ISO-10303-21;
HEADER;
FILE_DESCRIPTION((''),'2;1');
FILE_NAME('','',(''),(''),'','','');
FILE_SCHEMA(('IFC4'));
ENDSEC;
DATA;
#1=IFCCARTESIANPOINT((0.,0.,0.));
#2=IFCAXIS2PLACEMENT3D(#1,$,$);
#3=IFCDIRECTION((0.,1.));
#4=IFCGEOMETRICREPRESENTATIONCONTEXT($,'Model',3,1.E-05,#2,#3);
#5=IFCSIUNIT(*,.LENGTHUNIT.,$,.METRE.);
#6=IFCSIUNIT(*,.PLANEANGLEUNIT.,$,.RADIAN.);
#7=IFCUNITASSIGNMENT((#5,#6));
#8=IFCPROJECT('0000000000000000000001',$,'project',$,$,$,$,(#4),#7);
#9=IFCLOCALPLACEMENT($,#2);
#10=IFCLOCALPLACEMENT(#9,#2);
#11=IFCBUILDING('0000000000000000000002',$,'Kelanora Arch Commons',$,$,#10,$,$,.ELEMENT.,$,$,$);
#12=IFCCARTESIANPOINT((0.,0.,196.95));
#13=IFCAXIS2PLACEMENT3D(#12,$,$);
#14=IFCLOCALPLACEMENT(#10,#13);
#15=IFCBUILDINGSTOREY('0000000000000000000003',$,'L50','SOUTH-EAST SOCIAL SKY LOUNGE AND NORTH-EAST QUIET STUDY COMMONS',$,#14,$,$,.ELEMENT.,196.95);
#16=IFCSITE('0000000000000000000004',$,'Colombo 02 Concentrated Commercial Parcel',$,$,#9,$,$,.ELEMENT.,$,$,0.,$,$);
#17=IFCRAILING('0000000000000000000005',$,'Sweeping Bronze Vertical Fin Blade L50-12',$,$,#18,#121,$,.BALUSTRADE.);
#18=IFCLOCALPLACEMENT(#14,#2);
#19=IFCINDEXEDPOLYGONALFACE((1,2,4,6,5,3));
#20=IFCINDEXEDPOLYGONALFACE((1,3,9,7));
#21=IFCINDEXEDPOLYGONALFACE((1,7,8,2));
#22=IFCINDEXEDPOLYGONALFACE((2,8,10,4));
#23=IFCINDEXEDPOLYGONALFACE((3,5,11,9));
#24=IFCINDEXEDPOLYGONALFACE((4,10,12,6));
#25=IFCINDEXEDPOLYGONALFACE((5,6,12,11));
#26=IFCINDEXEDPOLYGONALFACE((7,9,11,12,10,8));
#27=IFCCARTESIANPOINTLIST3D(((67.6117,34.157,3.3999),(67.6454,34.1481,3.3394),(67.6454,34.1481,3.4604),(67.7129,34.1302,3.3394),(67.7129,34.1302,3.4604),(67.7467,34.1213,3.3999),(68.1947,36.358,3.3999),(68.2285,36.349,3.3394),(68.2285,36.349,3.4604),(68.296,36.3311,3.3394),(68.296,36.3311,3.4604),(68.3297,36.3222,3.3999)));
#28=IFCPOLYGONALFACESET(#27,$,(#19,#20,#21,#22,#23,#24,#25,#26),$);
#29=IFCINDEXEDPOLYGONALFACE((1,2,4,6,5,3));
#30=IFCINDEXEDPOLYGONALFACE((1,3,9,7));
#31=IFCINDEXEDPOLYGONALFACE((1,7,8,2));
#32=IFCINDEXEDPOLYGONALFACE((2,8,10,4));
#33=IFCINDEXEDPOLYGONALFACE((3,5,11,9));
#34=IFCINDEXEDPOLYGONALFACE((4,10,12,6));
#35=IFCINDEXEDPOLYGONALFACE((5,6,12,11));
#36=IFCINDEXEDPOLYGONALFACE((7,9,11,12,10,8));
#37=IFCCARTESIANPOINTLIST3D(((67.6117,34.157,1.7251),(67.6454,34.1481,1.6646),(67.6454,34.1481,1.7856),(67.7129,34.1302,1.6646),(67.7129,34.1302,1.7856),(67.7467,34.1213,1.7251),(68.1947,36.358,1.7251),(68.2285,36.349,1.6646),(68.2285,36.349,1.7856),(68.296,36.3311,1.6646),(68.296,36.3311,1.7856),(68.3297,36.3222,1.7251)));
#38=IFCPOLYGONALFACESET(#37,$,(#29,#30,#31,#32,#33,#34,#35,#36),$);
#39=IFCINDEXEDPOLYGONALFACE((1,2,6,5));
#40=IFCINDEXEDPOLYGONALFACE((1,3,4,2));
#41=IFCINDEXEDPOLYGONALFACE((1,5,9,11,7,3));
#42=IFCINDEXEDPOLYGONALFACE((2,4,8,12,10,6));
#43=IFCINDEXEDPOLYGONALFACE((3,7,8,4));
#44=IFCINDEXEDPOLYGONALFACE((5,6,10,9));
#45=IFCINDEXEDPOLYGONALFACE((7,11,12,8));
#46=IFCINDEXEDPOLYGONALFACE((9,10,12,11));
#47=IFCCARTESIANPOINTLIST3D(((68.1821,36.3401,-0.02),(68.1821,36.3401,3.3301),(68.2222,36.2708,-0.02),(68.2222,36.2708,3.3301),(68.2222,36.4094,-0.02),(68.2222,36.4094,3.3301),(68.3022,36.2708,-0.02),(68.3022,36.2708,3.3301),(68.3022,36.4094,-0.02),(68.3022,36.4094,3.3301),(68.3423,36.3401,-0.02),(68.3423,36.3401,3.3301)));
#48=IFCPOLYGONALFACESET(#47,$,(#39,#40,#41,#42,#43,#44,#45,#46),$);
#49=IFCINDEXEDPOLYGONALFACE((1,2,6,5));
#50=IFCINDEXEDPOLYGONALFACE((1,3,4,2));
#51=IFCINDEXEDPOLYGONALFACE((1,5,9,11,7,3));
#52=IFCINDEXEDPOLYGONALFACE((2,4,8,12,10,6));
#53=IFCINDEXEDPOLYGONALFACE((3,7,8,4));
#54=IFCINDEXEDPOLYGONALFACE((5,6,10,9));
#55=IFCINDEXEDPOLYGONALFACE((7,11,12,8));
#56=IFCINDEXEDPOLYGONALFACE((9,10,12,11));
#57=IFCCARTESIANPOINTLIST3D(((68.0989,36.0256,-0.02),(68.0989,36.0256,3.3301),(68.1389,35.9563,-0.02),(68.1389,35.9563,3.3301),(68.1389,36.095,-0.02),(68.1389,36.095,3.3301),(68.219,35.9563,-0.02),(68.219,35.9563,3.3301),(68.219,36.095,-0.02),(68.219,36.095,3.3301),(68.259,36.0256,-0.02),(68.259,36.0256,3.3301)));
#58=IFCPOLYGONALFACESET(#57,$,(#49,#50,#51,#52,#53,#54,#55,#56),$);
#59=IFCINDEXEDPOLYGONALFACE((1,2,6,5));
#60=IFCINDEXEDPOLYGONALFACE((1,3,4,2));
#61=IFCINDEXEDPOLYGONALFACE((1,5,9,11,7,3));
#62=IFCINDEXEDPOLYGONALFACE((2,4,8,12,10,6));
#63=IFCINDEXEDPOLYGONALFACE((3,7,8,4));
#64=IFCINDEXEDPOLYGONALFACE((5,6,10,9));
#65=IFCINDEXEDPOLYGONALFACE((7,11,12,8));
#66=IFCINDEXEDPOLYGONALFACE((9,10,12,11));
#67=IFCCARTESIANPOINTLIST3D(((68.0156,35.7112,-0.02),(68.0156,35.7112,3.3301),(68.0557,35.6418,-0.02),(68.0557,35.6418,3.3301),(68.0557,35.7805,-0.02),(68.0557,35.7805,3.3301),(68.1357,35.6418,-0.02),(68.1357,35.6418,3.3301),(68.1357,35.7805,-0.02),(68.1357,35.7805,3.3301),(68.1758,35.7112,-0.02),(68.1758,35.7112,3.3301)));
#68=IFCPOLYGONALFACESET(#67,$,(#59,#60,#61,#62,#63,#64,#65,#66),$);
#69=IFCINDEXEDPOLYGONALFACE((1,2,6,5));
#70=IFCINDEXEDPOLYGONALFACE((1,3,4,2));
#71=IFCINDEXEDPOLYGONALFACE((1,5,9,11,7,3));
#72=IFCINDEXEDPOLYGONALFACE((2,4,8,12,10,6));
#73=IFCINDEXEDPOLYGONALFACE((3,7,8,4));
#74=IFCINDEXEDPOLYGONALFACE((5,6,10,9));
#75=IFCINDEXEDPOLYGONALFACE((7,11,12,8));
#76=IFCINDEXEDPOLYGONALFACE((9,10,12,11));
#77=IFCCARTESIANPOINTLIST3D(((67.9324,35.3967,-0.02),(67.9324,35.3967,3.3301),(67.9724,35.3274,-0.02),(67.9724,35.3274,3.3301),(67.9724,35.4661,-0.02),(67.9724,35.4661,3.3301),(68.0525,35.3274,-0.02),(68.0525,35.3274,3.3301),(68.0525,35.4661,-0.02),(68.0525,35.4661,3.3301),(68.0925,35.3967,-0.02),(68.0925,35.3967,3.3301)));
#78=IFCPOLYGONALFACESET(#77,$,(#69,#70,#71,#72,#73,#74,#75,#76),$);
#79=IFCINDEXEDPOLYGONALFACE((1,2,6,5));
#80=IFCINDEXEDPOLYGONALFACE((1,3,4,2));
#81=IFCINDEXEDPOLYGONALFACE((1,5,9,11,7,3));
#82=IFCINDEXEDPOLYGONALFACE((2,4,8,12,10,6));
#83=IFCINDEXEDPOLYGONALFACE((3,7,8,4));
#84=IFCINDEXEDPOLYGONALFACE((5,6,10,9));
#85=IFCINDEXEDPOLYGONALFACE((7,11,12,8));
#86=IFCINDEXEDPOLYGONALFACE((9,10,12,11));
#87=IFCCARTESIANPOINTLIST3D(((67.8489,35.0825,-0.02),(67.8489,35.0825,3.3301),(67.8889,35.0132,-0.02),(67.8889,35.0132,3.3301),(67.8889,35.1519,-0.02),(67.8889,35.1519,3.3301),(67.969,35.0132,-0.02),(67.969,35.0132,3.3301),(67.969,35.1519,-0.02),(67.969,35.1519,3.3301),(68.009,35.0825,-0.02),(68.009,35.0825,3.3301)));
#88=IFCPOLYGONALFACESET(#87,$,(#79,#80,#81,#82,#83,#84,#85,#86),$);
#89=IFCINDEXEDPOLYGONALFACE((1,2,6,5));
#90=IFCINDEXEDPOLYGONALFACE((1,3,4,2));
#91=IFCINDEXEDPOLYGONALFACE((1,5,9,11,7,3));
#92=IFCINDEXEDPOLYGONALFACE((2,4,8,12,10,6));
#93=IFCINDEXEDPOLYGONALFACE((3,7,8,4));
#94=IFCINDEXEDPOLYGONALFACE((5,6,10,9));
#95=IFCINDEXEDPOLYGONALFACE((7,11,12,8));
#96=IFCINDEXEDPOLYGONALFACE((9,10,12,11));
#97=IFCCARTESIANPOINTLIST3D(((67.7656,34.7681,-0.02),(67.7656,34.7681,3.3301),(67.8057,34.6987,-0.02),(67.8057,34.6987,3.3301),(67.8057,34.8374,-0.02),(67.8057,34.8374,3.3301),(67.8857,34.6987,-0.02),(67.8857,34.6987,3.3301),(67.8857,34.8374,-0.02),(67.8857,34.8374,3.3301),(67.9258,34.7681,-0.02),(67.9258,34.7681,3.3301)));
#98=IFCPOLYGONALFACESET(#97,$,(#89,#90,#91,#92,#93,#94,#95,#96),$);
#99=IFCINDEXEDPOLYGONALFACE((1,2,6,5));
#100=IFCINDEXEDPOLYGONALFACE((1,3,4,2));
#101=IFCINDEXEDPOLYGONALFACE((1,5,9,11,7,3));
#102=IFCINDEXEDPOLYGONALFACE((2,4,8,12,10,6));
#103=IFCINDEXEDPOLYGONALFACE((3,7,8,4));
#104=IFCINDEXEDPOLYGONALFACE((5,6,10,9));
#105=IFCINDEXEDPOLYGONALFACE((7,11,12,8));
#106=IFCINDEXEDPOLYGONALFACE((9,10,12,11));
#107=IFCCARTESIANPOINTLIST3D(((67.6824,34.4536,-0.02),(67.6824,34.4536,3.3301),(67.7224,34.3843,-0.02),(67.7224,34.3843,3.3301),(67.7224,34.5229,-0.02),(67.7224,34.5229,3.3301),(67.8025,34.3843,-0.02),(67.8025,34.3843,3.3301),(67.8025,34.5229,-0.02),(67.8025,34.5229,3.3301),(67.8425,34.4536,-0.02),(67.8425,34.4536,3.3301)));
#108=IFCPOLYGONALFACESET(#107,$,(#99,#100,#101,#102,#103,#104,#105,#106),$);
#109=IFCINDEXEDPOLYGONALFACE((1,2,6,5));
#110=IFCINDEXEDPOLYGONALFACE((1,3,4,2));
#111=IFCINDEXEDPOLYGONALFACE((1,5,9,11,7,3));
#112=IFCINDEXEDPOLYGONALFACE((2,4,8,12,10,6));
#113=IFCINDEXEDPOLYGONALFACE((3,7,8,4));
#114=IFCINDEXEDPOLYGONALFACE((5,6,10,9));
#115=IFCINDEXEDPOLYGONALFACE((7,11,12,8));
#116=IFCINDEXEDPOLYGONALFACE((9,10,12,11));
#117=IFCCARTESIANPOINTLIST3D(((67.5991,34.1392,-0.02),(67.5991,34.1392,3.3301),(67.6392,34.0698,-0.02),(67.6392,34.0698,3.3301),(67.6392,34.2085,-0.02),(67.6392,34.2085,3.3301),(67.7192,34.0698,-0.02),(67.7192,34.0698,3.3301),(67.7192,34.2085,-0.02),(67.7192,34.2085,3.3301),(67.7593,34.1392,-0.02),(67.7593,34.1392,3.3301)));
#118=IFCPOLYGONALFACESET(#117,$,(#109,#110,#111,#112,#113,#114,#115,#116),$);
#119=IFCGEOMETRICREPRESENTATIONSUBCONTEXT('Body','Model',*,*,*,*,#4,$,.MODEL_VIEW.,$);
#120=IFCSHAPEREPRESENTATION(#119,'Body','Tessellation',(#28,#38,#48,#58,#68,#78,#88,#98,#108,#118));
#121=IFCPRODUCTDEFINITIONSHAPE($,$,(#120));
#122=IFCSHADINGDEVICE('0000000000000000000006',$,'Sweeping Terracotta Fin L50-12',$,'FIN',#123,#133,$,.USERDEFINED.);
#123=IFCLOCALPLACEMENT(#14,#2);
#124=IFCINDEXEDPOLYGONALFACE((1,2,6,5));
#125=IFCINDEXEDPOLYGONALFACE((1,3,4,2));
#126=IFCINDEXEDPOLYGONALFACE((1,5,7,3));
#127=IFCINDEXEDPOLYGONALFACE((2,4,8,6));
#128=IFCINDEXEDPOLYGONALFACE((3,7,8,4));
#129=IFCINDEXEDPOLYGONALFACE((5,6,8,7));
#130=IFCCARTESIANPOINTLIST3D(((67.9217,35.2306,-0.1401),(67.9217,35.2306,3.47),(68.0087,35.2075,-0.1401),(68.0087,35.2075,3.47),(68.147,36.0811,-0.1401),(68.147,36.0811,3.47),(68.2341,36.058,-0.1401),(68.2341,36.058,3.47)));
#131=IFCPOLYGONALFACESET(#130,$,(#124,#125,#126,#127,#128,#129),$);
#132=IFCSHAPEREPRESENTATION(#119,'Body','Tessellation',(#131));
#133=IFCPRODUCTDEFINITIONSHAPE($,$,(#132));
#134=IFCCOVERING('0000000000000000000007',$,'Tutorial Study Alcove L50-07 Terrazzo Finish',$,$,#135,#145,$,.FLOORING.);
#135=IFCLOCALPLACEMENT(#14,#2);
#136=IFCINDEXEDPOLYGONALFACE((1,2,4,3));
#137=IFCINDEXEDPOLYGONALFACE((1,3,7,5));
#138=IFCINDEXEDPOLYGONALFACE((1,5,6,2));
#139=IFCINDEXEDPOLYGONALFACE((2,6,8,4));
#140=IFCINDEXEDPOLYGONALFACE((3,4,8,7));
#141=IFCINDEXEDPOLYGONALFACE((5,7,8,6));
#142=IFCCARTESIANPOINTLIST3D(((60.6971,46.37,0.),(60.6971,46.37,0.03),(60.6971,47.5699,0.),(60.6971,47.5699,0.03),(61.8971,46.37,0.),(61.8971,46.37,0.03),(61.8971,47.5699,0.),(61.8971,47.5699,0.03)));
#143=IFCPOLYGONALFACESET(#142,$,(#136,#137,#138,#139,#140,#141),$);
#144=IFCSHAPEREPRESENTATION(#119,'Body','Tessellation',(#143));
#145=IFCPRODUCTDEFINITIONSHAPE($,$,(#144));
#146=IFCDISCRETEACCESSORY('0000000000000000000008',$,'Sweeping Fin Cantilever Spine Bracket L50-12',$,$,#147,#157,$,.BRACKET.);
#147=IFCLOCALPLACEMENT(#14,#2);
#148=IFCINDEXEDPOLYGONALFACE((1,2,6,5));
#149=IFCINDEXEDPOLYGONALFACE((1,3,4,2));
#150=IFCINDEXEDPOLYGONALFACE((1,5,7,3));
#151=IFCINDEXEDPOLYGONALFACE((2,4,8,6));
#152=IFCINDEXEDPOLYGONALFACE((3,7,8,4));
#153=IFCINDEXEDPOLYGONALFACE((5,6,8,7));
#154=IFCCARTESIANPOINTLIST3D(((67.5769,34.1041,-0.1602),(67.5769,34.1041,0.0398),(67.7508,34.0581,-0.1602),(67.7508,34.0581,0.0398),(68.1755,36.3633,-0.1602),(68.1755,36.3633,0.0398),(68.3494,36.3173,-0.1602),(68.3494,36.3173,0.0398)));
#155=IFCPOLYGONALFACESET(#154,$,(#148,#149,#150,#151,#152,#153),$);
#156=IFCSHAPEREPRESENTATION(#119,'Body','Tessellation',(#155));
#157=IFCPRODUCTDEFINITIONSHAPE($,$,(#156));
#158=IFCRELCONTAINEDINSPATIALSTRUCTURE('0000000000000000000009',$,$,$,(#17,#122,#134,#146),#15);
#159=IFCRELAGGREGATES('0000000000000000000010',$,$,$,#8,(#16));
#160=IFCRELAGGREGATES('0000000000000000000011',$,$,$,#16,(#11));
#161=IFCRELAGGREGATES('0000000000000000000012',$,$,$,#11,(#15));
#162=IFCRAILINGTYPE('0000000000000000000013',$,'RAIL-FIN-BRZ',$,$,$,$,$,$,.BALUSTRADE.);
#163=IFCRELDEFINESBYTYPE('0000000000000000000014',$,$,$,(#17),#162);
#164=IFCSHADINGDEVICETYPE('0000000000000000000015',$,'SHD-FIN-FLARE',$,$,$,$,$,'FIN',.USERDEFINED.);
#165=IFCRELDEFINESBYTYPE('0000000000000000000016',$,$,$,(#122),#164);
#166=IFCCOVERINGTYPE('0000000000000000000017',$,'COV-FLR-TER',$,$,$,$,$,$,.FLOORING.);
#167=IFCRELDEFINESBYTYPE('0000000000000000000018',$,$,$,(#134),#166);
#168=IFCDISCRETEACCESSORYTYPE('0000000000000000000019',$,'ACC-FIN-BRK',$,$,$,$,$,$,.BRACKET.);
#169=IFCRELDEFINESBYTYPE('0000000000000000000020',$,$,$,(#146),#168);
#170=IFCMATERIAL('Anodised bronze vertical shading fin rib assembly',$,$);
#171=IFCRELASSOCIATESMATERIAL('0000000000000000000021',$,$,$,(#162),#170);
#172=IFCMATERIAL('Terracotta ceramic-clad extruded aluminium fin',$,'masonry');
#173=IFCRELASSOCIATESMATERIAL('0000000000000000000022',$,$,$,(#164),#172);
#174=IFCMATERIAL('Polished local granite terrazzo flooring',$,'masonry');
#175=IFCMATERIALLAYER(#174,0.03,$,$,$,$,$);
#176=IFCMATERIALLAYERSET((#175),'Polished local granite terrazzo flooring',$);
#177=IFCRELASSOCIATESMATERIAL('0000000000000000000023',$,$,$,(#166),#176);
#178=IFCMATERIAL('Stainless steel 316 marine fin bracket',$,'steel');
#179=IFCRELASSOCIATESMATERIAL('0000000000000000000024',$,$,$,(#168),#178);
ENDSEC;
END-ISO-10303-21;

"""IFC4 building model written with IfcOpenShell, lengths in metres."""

from ifc_helpers import new_model, si_unit, direction, frame, origin, origin_2d, place, context, subcontext, project, spatial, polyline, rectangle, outline, extrude, source, transform, mapped, material, layer, layer_set, type_object, element, save


model = new_model("IFC4")

# Units and contexts
model_context = context("Model", 3, precision=1e-05, world=origin(), true_north=direction((0.0, 1.0)))
body_context = subcontext(model_context, "Body", "Model", "MODEL_VIEW")
ifc_project = project(units=[si_unit("LENGTHUNIT", "METRE"), si_unit("PLANEANGLEUNIT", "RADIAN")], contexts=[model_context])

# Site, building, storey
site_placement = place(None, origin())
site = spatial("IfcSite", under=ifc_project, at=site_placement, Name="Colombo 02 Concentrated Commercial Parcel", CompositionType="ELEMENT", RefElevation=0.0)
building_placement = place(site_placement, origin())
building = spatial("IfcBuilding", under=site, at=building_placement, Name="Kelanora Arch Commons", CompositionType="ELEMENT")
storey_placement = place(building_placement, frame((0.0, 0.0, 196.95)))
storey = spatial("IfcBuildingStorey", under=building, at=storey_placement, Name="L50", Description="SOUTH-EAST SOCIAL SKY LOUNGE AND NORTH-EAST QUIET STUDY COMMONS", CompositionType="ELEMENT", Elevation=196.95)

# Railing
ifc_material_1 = material(Name="Anodised bronze vertical shading fin rib assembly")
railing_type = type_object("IfcRailingType", Name="RAIL-FIN-BRZ", PredefinedType="BALUSTRADE", material=ifc_material_1)
railing_placement = place(storey_placement, frame((68.2622, 36.3401, -0.02)))
element("IfcRailing", 1, at=railing_placement, inside=storey, type_object=railing_type, Name="Sweeping Bronze Vertical Fin Blade L50-12", PredefinedType="BALUSTRADE", context=body_context, shape_type="SweptSolid", body=[
    extrude(outline(polyline([(0.0698, 0.0), (0.0349, 0.0605), (-0.0349, 0.0605), (-0.0698, 0.0), (-0.0349, -0.0605), (0.0349, -0.0605), (0.0698, 0.0)])), frame((0.0, 0.0, 3.4199), z_axis=(-0.256061, -0.966661, 0.0), x_axis=(0.966661, -0.256061, 0.0)), (0.0, 0.0, 1.0), 2.2769),
    extrude(outline(polyline([(0.0698, 0.0), (0.0349, 0.0605), (-0.0349, 0.0605), (-0.0698, 0.0), (-0.0349, -0.0605), (0.0349, -0.0605), (0.0698, 0.0)])), frame((0.0, 0.0, 1.7451), z_axis=(-0.256061, -0.966661, 0.0), x_axis=(0.966661, -0.256061, 0.0)), (0.0, 0.0, 1.0), 2.2769),
    extrude(outline(polyline([(0.0801, 0.0), (0.04, 0.0693), (-0.04, 0.0693), (-0.0801, 0.0), (-0.04, -0.0693), (0.04, -0.0693), (0.0801, 0.0)])), origin(), (0.0, 0.0, 1.0), 3.3501),
    extrude(outline(polyline([(0.0801, 0.0), (0.04, 0.0693), (-0.04, 0.0693), (-0.0801, 0.0), (-0.04, -0.0693), (0.04, -0.0693), (0.0801, 0.0)])), frame((-0.0833, -0.3145, 0.0)), (0.0, 0.0, 1.0), 3.3501),
    extrude(outline(polyline([(0.0801, 0.0), (0.04, 0.0693), (-0.04, 0.0693), (-0.0801, 0.0), (-0.04, -0.0693), (0.04, -0.0693), (0.0801, 0.0)])), frame((-0.1665, -0.6289, 0.0)), (0.0, 0.0, 1.0), 3.3501),
    extrude(outline(polyline([(0.0801, 0.0), (0.04, 0.0693), (-0.04, 0.0693), (-0.0801, 0.0), (-0.04, -0.0693), (0.04, -0.0693), (0.0801, 0.0)])), frame((-0.2498, -0.9434, 0.0)), (0.0, 0.0, 1.0), 3.3501),
    extrude(outline(polyline([(0.0801, 0.0), (0.04, 0.0693), (-0.04, 0.0693), (-0.0801, 0.0), (-0.04, -0.0693), (0.04, -0.0693), (0.0801, 0.0)])), frame((-0.3333, -1.2576, 0.0)), (0.0, 0.0, 1.0), 3.3501),
    extrude(outline(polyline([(0.0801, 0.0), (0.04, 0.0693), (-0.04, 0.0693), (-0.0801, 0.0), (-0.04, -0.0693), (0.04, -0.0693), (0.0801, 0.0)])), frame((-0.4165, -1.572, 0.0)), (0.0, 0.0, 1.0), 3.3501),
    extrude(outline(polyline([(0.0801, 0.0), (0.04, 0.0693), (-0.04, 0.0693), (-0.0801, 0.0), (-0.04, -0.0693), (0.04, -0.0693), (0.0801, 0.0)])), frame((-0.4998, -1.8865, 0.0)), (0.0, 0.0, 1.0), 3.3501),
    extrude(outline(polyline([(0.0801, 0.0), (0.04, 0.0693), (-0.04, 0.0693), (-0.0801, 0.0), (-0.04, -0.0693), (0.04, -0.0693), (0.0801, 0.0)])), frame((-0.583, -2.2009, 0.0)), (0.0, 0.0, 1.0), 3.3501),
])

# Shading device
ifc_material_2 = material(Name="Terracotta ceramic-clad extruded aluminium fin", Category="masonry")
shading_device_type = type_object("IfcShadingDeviceType", Name="SHD-FIN-FLARE", ElementType="FIN", PredefinedType="USERDEFINED", material=ifc_material_2)
shared_shape_1 = source(origin(), body_context, "Body", "SweptSolid", [
    extrude(rectangle(XDim=0.8799, YDim=0.0901, at=origin_2d()), origin(), (0.0, 0.0, 1.0), 3.6101),
])
shading_device_placement = place(storey_placement, frame((68.0779, 35.6443, -0.1401), z_axis=(0.0, 0.0, 1.0), x_axis=(-0.256121, -0.966645, 0.0)))
element("IfcShadingDevice", 2, at=shading_device_placement, inside=storey, type_object=shading_device_type, Name="Sweeping Terracotta Fin L50-12", ObjectType="FIN", PredefinedType="USERDEFINED", context=body_context, shape_type="MappedRepresentation", body=[
    mapped(shared_shape_1, transform((0.0, 0.0, 0.0), scale=1.0)),
])

# Covering
ifc_material_3 = material(Name="Polished local granite terrazzo flooring", Category="masonry")
ifc_layer_1 = layer(ifc_material_3, 0.03)
ifc_layer_set_1 = layer_set([ifc_layer_1], Name="Polished local granite terrazzo flooring")
covering_type = type_object("IfcCoveringType", Name="COV-FLR-TER", PredefinedType="FLOORING", material=ifc_layer_set_1)
shared_shape_2 = source(origin(), body_context, "Body", "SweptSolid", [
    extrude(rectangle(XDim=1.2, YDim=1.2, at=origin_2d()), origin(), (0.0, 0.0, 1.0), 0.03),
])
covering_placement = place(storey_placement, frame((61.2971, 46.97, 0.0), z_axis=(0.0, 0.0, 1.0), x_axis=(1.0, 0.0, 0.0)))
element("IfcCovering", 3, at=covering_placement, inside=storey, type_object=covering_type, Name="Tutorial Study Alcove L50-07 Terrazzo Finish", PredefinedType="FLOORING", context=body_context, shape_type="MappedRepresentation", body=[
    mapped(shared_shape_2, transform((0.0, 0.0, 0.0), scale=1.0)),
])

# Discrete accessory
ifc_material_4 = material(Name="Stainless steel 316 marine fin bracket", Category="steel")
discrete_accessory_type = type_object("IfcDiscreteAccessoryType", Name="ACC-FIN-BRK", PredefinedType="BRACKET", material=ifc_material_4)
shared_shape_3 = source(origin(), body_context, "Body", "SweptSolid", [
    extrude(rectangle(XDim=2.3372, YDim=0.1799, at=origin_2d()), origin(), (0.0, 0.0, 1.0), 0.2),
])
discrete_accessory_placement = place(storey_placement, frame((67.9631, 35.2107, -0.1602), z_axis=(0.0, 0.0, 1.0), x_axis=(-0.256121, -0.966645, 0.0)))
element("IfcDiscreteAccessory", 4, at=discrete_accessory_placement, inside=storey, type_object=discrete_accessory_type, Name="Sweeping Fin Cantilever Spine Bracket L50-12", PredefinedType="BRACKET", context=body_context, shape_type="MappedRepresentation", body=[
    mapped(shared_shape_3, transform((0.0, 0.0, 0.0), scale=1.0)),
])

save(model, "model.ifc")
